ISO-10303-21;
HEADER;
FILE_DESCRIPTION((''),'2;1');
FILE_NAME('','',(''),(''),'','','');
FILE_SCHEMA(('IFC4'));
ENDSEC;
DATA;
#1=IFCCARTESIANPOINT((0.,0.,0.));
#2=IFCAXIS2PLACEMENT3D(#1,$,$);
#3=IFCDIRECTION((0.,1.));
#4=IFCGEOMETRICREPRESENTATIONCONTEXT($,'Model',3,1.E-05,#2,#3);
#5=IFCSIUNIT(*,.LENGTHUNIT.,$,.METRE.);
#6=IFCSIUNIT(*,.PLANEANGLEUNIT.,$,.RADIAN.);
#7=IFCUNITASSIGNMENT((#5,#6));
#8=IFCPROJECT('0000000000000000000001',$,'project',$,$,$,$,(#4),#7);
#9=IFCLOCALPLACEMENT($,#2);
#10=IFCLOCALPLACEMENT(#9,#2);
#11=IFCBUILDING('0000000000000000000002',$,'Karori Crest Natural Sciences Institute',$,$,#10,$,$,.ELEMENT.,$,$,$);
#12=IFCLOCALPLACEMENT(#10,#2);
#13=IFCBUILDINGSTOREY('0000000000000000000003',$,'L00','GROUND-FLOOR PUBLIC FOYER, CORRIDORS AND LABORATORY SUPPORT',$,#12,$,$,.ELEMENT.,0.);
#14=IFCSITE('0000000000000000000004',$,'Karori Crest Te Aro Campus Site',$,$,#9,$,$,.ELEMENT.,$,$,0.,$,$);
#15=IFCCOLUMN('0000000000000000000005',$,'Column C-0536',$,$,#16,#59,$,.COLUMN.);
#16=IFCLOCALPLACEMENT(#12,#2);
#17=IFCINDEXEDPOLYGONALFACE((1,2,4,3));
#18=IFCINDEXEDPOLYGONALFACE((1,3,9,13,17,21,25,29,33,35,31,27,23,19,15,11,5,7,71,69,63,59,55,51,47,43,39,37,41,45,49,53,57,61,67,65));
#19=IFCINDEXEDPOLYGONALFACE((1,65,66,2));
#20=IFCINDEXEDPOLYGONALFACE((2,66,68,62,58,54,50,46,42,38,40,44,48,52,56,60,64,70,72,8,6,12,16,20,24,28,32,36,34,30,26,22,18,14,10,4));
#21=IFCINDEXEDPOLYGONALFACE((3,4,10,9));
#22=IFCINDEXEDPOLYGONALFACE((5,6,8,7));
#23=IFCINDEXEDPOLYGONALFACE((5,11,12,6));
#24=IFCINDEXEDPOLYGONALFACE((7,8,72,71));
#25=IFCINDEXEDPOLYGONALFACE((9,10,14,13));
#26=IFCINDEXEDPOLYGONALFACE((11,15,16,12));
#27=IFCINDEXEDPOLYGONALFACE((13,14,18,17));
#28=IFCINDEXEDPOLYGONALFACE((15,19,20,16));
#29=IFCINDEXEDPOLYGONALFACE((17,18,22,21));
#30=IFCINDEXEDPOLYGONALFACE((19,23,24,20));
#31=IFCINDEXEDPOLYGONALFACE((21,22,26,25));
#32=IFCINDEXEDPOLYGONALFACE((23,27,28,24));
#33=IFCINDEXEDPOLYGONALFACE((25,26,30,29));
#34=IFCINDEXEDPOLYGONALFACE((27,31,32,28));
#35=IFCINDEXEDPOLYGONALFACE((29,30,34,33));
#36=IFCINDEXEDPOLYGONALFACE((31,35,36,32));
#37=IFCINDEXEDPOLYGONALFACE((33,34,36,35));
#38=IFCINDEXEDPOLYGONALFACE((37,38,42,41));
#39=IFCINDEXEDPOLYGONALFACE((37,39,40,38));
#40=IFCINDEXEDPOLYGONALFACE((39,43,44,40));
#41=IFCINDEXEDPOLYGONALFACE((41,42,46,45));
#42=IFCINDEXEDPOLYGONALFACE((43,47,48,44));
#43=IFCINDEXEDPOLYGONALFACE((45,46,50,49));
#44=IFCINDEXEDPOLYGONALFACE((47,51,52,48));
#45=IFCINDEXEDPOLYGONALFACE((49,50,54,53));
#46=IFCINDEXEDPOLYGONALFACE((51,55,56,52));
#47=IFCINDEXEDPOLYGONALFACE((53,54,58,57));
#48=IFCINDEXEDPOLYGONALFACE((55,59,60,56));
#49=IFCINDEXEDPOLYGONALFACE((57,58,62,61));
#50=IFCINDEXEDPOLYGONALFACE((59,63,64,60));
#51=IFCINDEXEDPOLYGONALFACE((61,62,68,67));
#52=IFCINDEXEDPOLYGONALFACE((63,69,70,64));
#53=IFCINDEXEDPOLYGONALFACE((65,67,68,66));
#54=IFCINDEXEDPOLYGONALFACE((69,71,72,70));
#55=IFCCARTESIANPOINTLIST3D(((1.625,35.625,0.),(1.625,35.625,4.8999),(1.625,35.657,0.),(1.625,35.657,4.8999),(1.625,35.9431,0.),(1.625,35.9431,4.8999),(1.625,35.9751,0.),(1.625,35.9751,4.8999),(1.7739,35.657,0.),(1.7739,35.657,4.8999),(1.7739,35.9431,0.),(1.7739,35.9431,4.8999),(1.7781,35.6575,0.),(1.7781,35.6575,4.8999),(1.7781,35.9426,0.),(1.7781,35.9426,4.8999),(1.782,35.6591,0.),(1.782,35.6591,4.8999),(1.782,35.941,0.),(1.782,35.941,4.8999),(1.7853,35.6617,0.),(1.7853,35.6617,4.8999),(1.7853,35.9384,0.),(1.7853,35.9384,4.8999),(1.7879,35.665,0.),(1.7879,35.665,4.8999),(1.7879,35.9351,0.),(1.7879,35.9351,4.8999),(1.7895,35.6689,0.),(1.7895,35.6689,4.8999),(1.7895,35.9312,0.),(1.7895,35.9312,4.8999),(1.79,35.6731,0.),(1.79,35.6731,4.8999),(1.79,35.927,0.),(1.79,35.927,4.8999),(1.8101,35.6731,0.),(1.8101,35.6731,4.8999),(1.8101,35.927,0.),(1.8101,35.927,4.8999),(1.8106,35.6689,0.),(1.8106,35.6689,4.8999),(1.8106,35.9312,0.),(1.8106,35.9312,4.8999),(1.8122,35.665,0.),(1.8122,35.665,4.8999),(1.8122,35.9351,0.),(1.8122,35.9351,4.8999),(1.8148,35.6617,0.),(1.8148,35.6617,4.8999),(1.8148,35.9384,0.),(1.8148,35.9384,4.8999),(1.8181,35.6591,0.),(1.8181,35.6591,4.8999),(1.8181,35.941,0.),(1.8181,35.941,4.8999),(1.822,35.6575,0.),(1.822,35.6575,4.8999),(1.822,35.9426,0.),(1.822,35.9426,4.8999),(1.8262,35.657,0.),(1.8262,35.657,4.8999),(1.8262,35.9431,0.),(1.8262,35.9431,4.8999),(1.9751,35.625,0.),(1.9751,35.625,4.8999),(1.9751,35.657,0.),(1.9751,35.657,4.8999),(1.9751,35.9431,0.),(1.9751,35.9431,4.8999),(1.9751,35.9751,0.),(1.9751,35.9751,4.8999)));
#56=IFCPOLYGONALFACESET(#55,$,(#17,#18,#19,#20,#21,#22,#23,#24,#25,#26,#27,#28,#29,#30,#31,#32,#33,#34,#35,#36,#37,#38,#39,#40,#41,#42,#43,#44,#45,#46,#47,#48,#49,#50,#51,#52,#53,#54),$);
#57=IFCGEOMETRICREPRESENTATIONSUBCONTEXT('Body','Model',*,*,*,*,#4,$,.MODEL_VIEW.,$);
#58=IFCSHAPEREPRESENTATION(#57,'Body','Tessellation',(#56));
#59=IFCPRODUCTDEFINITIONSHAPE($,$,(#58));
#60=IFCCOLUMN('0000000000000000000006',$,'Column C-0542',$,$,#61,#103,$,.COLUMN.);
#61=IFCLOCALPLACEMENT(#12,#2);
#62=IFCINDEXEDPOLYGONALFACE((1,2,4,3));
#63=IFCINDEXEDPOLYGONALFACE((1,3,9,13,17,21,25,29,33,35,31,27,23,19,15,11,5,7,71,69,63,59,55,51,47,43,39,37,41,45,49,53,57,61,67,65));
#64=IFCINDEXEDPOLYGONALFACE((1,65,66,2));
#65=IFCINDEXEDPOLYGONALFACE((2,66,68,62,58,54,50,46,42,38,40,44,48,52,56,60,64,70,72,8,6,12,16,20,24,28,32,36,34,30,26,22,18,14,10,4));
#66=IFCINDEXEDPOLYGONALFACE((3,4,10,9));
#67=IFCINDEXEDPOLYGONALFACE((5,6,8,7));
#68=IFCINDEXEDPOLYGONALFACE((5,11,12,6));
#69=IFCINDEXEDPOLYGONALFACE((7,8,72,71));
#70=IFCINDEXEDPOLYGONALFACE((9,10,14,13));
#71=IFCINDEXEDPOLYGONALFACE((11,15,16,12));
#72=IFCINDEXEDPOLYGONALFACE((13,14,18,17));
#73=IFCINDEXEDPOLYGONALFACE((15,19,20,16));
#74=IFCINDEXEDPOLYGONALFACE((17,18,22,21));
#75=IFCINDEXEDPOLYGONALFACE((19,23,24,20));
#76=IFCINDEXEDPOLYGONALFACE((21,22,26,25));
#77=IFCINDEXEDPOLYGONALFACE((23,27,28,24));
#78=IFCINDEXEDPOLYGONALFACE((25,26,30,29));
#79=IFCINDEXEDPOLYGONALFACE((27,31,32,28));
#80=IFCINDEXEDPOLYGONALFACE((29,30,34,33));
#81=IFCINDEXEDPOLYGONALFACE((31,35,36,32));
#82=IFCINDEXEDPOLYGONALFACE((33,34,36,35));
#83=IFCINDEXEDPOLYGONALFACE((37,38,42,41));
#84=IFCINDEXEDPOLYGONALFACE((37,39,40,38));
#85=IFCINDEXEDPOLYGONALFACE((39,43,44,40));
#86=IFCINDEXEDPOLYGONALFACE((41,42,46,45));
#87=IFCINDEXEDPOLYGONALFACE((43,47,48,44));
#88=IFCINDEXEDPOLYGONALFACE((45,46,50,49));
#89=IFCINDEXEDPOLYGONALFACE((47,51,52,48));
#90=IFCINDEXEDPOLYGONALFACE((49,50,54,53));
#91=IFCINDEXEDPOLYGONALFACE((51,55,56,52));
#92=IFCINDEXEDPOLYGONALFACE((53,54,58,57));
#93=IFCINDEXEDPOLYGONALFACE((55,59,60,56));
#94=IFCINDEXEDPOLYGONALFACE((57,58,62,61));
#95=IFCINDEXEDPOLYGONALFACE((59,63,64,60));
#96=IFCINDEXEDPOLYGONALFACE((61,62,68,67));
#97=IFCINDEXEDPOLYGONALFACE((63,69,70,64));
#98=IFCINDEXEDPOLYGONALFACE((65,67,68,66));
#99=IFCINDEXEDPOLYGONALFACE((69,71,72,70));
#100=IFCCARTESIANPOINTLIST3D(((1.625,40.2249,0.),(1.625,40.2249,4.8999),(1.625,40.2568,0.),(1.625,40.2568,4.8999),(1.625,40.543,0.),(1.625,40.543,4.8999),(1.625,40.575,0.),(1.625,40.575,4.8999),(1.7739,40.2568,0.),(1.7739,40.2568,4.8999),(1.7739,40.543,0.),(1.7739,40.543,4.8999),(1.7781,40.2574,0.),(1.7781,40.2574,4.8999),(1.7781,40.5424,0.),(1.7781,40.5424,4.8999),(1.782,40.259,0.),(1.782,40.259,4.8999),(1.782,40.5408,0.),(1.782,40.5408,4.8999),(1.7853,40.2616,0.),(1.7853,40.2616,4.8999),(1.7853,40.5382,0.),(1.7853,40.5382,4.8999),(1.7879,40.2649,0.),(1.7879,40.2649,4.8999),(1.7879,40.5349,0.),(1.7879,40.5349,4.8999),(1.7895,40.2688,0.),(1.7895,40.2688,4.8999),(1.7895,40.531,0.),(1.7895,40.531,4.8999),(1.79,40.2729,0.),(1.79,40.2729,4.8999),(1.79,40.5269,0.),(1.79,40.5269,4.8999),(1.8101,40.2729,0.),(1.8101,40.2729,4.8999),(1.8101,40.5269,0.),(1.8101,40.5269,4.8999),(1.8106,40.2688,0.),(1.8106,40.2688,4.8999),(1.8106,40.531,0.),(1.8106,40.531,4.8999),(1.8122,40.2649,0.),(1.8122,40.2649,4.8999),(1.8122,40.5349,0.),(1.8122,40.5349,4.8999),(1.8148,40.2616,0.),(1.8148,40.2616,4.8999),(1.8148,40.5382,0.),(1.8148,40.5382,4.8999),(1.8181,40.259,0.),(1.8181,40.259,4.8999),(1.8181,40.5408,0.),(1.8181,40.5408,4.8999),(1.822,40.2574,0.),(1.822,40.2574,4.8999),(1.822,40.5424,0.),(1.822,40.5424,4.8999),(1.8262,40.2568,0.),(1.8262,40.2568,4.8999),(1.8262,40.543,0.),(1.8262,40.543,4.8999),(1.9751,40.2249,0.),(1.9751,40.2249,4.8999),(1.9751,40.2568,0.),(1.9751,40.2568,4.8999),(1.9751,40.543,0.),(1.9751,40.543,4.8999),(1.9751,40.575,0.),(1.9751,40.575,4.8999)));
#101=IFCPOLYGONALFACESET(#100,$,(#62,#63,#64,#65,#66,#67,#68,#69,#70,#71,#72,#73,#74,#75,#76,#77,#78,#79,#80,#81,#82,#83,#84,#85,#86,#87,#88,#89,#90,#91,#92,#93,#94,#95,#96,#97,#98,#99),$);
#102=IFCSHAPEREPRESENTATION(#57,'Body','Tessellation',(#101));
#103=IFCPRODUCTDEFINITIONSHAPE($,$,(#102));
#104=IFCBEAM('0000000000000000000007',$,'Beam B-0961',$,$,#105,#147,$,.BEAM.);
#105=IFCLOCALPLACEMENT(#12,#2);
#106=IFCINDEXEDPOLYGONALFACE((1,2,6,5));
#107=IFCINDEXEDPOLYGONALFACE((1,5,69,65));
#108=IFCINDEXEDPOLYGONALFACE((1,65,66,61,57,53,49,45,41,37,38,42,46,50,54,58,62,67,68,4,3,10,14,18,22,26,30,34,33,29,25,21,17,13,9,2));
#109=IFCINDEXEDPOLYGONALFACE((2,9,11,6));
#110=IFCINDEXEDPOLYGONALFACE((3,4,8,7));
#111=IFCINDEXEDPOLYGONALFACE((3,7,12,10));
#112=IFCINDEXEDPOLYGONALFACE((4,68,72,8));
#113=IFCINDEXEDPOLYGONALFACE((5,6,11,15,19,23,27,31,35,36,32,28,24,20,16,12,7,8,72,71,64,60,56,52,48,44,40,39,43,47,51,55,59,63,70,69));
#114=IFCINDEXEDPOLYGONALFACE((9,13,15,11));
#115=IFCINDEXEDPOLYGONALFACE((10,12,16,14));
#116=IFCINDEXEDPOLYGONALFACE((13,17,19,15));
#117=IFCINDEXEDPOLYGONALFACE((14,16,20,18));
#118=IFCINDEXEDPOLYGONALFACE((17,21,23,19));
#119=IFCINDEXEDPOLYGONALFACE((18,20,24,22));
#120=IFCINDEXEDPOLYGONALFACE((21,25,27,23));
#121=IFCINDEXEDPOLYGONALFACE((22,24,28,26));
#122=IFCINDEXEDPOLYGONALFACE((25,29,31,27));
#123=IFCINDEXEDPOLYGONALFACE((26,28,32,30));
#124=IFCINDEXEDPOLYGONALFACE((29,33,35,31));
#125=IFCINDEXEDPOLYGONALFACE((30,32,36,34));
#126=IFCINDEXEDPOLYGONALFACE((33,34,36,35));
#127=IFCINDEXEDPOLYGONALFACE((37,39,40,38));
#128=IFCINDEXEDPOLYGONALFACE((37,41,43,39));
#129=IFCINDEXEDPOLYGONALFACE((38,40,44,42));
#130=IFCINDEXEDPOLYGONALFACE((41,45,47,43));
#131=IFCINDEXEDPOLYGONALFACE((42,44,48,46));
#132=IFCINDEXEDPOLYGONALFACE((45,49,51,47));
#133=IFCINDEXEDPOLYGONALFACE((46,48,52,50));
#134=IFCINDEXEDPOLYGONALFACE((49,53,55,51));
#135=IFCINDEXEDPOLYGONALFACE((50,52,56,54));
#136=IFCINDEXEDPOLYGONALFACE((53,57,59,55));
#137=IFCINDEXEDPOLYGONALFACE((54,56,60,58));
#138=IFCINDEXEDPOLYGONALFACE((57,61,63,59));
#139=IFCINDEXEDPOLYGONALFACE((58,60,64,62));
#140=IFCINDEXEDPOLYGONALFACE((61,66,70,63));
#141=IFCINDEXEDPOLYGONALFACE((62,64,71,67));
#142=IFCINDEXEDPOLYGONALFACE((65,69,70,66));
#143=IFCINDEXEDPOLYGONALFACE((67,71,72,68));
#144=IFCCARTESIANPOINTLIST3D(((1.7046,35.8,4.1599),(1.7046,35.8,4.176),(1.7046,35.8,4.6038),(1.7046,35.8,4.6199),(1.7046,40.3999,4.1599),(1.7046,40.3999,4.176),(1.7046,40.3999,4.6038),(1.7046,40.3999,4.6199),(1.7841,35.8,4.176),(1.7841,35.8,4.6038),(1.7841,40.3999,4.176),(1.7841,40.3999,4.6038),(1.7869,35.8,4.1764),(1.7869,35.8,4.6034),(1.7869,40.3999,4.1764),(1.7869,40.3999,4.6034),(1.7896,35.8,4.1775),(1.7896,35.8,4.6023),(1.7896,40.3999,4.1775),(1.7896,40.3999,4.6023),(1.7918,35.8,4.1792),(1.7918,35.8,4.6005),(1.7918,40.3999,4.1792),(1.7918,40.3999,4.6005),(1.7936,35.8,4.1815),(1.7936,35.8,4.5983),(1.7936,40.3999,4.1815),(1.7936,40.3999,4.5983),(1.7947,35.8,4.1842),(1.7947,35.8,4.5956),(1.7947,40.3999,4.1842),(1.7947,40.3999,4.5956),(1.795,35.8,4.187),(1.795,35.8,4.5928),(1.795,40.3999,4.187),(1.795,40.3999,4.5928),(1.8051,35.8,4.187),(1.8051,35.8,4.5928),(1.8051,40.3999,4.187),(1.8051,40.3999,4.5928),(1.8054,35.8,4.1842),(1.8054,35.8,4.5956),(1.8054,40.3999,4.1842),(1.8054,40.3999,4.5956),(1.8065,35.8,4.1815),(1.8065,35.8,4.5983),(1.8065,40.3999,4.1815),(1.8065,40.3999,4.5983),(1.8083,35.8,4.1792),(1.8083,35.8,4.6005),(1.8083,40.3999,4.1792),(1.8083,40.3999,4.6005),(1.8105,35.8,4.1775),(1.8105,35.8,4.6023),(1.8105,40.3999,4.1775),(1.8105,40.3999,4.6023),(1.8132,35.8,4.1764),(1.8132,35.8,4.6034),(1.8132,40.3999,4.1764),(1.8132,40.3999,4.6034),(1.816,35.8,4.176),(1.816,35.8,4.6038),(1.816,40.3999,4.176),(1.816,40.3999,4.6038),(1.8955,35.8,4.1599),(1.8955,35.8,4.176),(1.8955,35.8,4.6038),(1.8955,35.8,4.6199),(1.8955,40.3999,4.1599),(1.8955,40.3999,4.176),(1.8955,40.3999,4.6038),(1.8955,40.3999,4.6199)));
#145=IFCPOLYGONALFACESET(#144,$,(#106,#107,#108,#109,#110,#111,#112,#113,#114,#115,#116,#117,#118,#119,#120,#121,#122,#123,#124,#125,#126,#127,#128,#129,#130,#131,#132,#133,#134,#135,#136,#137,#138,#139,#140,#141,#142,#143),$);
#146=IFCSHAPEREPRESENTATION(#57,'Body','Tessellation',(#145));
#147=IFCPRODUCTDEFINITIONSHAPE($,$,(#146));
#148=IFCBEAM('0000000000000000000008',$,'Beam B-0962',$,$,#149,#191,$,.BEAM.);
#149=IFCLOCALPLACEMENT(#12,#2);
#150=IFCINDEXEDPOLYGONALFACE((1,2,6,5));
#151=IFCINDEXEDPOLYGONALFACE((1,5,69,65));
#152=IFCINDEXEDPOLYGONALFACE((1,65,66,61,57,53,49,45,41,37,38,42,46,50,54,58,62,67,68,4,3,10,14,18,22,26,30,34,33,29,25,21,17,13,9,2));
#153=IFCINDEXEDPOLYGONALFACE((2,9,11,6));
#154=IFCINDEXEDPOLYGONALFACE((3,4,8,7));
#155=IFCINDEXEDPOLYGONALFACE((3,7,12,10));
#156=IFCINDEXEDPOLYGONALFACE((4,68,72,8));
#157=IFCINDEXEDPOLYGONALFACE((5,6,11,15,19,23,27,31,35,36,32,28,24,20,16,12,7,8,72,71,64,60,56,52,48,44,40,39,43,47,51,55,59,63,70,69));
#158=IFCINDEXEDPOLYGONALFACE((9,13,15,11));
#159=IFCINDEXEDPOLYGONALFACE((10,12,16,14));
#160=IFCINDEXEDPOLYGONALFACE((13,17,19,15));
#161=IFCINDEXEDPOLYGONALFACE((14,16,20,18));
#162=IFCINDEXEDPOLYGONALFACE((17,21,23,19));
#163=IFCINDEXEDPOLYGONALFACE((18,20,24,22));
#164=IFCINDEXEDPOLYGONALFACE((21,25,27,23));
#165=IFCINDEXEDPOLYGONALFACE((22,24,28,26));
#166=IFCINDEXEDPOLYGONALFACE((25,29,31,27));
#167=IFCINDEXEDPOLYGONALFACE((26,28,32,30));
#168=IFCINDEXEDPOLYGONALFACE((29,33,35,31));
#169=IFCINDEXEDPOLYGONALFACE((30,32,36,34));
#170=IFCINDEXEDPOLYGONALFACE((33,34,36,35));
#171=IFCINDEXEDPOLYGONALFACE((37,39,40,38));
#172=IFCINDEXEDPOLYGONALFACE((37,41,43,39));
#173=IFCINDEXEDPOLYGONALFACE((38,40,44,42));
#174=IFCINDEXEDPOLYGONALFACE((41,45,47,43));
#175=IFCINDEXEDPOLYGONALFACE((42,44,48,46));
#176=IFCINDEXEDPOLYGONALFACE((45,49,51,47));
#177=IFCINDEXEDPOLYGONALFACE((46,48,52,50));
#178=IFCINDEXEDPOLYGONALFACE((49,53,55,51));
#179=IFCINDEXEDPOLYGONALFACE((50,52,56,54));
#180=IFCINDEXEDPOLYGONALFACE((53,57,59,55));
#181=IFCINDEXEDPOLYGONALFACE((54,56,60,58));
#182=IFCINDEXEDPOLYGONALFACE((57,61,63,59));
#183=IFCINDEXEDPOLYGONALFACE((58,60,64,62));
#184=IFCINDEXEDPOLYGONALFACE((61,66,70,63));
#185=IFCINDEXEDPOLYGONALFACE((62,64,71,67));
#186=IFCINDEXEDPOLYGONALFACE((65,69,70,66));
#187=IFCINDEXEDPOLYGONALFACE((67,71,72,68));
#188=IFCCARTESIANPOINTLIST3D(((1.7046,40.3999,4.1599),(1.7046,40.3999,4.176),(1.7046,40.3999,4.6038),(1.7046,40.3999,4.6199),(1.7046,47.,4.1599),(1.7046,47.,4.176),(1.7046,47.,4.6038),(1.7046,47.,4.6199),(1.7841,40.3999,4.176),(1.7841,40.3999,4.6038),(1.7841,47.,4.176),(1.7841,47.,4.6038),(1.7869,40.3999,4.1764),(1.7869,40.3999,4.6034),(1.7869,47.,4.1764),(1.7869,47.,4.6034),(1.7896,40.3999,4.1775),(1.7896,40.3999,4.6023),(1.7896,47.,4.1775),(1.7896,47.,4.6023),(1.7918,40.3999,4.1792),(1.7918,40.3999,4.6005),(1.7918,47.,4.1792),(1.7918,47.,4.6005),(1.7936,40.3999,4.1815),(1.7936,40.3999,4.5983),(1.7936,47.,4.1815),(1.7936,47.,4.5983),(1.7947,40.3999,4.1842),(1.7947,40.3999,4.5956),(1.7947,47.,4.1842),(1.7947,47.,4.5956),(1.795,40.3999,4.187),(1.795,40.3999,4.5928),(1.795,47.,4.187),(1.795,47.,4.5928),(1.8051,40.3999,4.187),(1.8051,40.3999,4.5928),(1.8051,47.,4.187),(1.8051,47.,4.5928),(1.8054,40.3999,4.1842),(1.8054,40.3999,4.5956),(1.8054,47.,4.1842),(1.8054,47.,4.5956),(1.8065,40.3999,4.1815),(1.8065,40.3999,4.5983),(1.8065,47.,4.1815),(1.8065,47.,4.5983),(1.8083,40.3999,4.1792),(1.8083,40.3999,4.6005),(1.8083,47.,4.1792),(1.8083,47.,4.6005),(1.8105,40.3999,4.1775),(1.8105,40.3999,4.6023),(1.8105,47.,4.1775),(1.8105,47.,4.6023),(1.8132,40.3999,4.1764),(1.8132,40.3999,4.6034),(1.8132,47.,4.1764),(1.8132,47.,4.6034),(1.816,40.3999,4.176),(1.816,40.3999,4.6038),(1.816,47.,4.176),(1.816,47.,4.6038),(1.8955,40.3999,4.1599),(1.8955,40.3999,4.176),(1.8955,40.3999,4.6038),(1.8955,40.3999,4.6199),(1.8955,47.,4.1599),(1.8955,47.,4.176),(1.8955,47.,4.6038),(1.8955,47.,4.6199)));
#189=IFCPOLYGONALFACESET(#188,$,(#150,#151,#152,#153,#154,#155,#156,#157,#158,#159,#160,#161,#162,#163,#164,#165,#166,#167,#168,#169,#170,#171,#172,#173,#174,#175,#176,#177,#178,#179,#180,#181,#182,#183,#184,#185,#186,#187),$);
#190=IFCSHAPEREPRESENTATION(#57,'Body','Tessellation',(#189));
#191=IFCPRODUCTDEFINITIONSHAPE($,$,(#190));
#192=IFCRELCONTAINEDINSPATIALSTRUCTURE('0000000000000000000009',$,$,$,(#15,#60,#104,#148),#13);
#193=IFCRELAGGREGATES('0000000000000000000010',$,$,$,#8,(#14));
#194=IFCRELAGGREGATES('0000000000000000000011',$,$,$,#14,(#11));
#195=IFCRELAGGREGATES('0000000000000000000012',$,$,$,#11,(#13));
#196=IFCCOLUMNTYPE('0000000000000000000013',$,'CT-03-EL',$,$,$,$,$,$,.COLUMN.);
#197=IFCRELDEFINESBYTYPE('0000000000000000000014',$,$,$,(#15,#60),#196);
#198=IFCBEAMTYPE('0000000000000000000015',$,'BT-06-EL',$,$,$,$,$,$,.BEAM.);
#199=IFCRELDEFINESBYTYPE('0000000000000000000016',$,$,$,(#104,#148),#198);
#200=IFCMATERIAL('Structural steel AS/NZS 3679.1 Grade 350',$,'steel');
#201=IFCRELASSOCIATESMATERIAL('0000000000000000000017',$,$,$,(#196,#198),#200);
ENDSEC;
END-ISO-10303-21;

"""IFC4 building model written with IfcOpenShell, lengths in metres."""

from ifc_helpers import new_model, si_unit, direction, frame, origin, origin_2d, place, context, subcontext, project, spatial, i_section, extrude, material, material_profile, profile_set, type_object, element, save


model = new_model("IFC4")

# Units and contexts
model_context = context("Model", 3, precision=1e-05, world=origin(), true_north=direction((0.0, 1.0)))
body_context = subcontext(model_context, "Body", "Model", "MODEL_VIEW")
ifc_project = project(units=[si_unit("LENGTHUNIT", "METRE"), si_unit("PLANEANGLEUNIT", "RADIAN")], contexts=[model_context])

# Site, building, storey
site_placement = place(None, origin())
site = spatial("IfcSite", under=ifc_project, at=site_placement, Name="Karori Crest Te Aro Campus Site", CompositionType="ELEMENT", RefElevation=0.0)
building_placement = place(site_placement, origin())
building = spatial("IfcBuilding", under=site, at=building_placement, Name="Karori Crest Natural Sciences Institute", CompositionType="ELEMENT")
storey_placement = place(building_placement, origin())
storey = spatial("IfcBuildingStorey", under=building, at=storey_placement, Name="L00", Description="GROUND-FLOOR PUBLIC FOYER, CORRIDORS AND LABORATORY SUPPORT", CompositionType="ELEMENT", Elevation=0.0)

# Columns
ifc_material_1 = material(Name="Structural steel AS/NZS 3679.1 Grade 350", Category="steel")
ifc_material_profile_1 = material_profile(ifc_material_1, i_section(OverallWidth=0.3501, OverallDepth=0.3501, WebThickness=0.02, FlangeThickness=0.032, FilletRadius=0.0161, at=origin_2d()), Name="350WC280")
ifc_profile_set_1 = profile_set([ifc_material_profile_1], Name="Structural steel AS/NZS 3679.1 Grade 350")
column_type = type_object("IfcColumnType", Name="CT-03-EL", PredefinedType="COLUMN", material=ifc_profile_set_1)
for number, where, z_axis, x_axis, name in (
    (1, (1.8, 35.8, 0.0), (0.0, 0.0, 1.0), (1.0, 0.0, 0.0), "Column C-0536"),
    (2, (1.8, 40.3999, 0.0), (0.0, 0.0, 1.0), (1.0, 0.0, 0.0), "Column C-0542"),
):
    element("IfcColumn", number, at=place(storey_placement, frame(where, z_axis=z_axis, x_axis=x_axis)), inside=storey, type_object=column_type, Name=name, PredefinedType="COLUMN", context=body_context, shape_type="SweptSolid", body=[
        extrude(i_section(OverallWidth=0.3501, OverallDepth=0.3501, WebThickness=0.02, FlangeThickness=0.032, FilletRadius=0.0161, at=origin_2d()), origin(), (0.0, 0.0, 1.0), 4.8999),
    ])

# Beams
ifc_material_profile_2 = material_profile(ifc_material_1, i_section(OverallWidth=0.1909, OverallDepth=0.46, WebThickness=0.01, FlangeThickness=0.0161, FilletRadius=0.011, at=origin_2d()), Name="460UB82.1")
ifc_profile_set_2 = profile_set([ifc_material_profile_2], Name="Structural steel AS/NZS 3679.1 Grade 350")
beam_type_1 = type_object("IfcBeamType", Name="BT-06-EL", PredefinedType="BEAM", material=ifc_profile_set_2)
beam_1_placement = place(storey_placement, frame((1.8, 35.8, 4.3899), z_axis=(0.0, 1.0, 0.0), x_axis=(-1.0, 0.0, 0.0)))
element("IfcBeam", 3, at=beam_1_placement, inside=storey, type_object=beam_type_1, Name="Beam B-0961", PredefinedType="BEAM", context=body_context, shape_type="SweptSolid", body=[
    extrude(i_section(OverallWidth=0.1909, OverallDepth=0.46, WebThickness=0.01, FlangeThickness=0.0161, FilletRadius=0.011, at=origin_2d()), origin(), (0.0, 0.0, 1.0), 4.5999),
])
beam_2_placement = place(storey_placement, frame((1.8, 40.3999, 4.3899), z_axis=(0.0, 1.0, 0.0), x_axis=(-1.0, 0.0, 0.0)))
element("IfcBeam", 4, at=beam_2_placement, inside=storey, type_object=beam_type_1, Name="Beam B-0962", PredefinedType="BEAM", context=body_context, shape_type="SweptSolid", body=[
    extrude(i_section(OverallWidth=0.1909, OverallDepth=0.46, WebThickness=0.01, FlangeThickness=0.0161, FilletRadius=0.011, at=origin_2d()), origin(), (0.0, 0.0, 1.0), 6.6001),
])

save(model, "model.ifc")
